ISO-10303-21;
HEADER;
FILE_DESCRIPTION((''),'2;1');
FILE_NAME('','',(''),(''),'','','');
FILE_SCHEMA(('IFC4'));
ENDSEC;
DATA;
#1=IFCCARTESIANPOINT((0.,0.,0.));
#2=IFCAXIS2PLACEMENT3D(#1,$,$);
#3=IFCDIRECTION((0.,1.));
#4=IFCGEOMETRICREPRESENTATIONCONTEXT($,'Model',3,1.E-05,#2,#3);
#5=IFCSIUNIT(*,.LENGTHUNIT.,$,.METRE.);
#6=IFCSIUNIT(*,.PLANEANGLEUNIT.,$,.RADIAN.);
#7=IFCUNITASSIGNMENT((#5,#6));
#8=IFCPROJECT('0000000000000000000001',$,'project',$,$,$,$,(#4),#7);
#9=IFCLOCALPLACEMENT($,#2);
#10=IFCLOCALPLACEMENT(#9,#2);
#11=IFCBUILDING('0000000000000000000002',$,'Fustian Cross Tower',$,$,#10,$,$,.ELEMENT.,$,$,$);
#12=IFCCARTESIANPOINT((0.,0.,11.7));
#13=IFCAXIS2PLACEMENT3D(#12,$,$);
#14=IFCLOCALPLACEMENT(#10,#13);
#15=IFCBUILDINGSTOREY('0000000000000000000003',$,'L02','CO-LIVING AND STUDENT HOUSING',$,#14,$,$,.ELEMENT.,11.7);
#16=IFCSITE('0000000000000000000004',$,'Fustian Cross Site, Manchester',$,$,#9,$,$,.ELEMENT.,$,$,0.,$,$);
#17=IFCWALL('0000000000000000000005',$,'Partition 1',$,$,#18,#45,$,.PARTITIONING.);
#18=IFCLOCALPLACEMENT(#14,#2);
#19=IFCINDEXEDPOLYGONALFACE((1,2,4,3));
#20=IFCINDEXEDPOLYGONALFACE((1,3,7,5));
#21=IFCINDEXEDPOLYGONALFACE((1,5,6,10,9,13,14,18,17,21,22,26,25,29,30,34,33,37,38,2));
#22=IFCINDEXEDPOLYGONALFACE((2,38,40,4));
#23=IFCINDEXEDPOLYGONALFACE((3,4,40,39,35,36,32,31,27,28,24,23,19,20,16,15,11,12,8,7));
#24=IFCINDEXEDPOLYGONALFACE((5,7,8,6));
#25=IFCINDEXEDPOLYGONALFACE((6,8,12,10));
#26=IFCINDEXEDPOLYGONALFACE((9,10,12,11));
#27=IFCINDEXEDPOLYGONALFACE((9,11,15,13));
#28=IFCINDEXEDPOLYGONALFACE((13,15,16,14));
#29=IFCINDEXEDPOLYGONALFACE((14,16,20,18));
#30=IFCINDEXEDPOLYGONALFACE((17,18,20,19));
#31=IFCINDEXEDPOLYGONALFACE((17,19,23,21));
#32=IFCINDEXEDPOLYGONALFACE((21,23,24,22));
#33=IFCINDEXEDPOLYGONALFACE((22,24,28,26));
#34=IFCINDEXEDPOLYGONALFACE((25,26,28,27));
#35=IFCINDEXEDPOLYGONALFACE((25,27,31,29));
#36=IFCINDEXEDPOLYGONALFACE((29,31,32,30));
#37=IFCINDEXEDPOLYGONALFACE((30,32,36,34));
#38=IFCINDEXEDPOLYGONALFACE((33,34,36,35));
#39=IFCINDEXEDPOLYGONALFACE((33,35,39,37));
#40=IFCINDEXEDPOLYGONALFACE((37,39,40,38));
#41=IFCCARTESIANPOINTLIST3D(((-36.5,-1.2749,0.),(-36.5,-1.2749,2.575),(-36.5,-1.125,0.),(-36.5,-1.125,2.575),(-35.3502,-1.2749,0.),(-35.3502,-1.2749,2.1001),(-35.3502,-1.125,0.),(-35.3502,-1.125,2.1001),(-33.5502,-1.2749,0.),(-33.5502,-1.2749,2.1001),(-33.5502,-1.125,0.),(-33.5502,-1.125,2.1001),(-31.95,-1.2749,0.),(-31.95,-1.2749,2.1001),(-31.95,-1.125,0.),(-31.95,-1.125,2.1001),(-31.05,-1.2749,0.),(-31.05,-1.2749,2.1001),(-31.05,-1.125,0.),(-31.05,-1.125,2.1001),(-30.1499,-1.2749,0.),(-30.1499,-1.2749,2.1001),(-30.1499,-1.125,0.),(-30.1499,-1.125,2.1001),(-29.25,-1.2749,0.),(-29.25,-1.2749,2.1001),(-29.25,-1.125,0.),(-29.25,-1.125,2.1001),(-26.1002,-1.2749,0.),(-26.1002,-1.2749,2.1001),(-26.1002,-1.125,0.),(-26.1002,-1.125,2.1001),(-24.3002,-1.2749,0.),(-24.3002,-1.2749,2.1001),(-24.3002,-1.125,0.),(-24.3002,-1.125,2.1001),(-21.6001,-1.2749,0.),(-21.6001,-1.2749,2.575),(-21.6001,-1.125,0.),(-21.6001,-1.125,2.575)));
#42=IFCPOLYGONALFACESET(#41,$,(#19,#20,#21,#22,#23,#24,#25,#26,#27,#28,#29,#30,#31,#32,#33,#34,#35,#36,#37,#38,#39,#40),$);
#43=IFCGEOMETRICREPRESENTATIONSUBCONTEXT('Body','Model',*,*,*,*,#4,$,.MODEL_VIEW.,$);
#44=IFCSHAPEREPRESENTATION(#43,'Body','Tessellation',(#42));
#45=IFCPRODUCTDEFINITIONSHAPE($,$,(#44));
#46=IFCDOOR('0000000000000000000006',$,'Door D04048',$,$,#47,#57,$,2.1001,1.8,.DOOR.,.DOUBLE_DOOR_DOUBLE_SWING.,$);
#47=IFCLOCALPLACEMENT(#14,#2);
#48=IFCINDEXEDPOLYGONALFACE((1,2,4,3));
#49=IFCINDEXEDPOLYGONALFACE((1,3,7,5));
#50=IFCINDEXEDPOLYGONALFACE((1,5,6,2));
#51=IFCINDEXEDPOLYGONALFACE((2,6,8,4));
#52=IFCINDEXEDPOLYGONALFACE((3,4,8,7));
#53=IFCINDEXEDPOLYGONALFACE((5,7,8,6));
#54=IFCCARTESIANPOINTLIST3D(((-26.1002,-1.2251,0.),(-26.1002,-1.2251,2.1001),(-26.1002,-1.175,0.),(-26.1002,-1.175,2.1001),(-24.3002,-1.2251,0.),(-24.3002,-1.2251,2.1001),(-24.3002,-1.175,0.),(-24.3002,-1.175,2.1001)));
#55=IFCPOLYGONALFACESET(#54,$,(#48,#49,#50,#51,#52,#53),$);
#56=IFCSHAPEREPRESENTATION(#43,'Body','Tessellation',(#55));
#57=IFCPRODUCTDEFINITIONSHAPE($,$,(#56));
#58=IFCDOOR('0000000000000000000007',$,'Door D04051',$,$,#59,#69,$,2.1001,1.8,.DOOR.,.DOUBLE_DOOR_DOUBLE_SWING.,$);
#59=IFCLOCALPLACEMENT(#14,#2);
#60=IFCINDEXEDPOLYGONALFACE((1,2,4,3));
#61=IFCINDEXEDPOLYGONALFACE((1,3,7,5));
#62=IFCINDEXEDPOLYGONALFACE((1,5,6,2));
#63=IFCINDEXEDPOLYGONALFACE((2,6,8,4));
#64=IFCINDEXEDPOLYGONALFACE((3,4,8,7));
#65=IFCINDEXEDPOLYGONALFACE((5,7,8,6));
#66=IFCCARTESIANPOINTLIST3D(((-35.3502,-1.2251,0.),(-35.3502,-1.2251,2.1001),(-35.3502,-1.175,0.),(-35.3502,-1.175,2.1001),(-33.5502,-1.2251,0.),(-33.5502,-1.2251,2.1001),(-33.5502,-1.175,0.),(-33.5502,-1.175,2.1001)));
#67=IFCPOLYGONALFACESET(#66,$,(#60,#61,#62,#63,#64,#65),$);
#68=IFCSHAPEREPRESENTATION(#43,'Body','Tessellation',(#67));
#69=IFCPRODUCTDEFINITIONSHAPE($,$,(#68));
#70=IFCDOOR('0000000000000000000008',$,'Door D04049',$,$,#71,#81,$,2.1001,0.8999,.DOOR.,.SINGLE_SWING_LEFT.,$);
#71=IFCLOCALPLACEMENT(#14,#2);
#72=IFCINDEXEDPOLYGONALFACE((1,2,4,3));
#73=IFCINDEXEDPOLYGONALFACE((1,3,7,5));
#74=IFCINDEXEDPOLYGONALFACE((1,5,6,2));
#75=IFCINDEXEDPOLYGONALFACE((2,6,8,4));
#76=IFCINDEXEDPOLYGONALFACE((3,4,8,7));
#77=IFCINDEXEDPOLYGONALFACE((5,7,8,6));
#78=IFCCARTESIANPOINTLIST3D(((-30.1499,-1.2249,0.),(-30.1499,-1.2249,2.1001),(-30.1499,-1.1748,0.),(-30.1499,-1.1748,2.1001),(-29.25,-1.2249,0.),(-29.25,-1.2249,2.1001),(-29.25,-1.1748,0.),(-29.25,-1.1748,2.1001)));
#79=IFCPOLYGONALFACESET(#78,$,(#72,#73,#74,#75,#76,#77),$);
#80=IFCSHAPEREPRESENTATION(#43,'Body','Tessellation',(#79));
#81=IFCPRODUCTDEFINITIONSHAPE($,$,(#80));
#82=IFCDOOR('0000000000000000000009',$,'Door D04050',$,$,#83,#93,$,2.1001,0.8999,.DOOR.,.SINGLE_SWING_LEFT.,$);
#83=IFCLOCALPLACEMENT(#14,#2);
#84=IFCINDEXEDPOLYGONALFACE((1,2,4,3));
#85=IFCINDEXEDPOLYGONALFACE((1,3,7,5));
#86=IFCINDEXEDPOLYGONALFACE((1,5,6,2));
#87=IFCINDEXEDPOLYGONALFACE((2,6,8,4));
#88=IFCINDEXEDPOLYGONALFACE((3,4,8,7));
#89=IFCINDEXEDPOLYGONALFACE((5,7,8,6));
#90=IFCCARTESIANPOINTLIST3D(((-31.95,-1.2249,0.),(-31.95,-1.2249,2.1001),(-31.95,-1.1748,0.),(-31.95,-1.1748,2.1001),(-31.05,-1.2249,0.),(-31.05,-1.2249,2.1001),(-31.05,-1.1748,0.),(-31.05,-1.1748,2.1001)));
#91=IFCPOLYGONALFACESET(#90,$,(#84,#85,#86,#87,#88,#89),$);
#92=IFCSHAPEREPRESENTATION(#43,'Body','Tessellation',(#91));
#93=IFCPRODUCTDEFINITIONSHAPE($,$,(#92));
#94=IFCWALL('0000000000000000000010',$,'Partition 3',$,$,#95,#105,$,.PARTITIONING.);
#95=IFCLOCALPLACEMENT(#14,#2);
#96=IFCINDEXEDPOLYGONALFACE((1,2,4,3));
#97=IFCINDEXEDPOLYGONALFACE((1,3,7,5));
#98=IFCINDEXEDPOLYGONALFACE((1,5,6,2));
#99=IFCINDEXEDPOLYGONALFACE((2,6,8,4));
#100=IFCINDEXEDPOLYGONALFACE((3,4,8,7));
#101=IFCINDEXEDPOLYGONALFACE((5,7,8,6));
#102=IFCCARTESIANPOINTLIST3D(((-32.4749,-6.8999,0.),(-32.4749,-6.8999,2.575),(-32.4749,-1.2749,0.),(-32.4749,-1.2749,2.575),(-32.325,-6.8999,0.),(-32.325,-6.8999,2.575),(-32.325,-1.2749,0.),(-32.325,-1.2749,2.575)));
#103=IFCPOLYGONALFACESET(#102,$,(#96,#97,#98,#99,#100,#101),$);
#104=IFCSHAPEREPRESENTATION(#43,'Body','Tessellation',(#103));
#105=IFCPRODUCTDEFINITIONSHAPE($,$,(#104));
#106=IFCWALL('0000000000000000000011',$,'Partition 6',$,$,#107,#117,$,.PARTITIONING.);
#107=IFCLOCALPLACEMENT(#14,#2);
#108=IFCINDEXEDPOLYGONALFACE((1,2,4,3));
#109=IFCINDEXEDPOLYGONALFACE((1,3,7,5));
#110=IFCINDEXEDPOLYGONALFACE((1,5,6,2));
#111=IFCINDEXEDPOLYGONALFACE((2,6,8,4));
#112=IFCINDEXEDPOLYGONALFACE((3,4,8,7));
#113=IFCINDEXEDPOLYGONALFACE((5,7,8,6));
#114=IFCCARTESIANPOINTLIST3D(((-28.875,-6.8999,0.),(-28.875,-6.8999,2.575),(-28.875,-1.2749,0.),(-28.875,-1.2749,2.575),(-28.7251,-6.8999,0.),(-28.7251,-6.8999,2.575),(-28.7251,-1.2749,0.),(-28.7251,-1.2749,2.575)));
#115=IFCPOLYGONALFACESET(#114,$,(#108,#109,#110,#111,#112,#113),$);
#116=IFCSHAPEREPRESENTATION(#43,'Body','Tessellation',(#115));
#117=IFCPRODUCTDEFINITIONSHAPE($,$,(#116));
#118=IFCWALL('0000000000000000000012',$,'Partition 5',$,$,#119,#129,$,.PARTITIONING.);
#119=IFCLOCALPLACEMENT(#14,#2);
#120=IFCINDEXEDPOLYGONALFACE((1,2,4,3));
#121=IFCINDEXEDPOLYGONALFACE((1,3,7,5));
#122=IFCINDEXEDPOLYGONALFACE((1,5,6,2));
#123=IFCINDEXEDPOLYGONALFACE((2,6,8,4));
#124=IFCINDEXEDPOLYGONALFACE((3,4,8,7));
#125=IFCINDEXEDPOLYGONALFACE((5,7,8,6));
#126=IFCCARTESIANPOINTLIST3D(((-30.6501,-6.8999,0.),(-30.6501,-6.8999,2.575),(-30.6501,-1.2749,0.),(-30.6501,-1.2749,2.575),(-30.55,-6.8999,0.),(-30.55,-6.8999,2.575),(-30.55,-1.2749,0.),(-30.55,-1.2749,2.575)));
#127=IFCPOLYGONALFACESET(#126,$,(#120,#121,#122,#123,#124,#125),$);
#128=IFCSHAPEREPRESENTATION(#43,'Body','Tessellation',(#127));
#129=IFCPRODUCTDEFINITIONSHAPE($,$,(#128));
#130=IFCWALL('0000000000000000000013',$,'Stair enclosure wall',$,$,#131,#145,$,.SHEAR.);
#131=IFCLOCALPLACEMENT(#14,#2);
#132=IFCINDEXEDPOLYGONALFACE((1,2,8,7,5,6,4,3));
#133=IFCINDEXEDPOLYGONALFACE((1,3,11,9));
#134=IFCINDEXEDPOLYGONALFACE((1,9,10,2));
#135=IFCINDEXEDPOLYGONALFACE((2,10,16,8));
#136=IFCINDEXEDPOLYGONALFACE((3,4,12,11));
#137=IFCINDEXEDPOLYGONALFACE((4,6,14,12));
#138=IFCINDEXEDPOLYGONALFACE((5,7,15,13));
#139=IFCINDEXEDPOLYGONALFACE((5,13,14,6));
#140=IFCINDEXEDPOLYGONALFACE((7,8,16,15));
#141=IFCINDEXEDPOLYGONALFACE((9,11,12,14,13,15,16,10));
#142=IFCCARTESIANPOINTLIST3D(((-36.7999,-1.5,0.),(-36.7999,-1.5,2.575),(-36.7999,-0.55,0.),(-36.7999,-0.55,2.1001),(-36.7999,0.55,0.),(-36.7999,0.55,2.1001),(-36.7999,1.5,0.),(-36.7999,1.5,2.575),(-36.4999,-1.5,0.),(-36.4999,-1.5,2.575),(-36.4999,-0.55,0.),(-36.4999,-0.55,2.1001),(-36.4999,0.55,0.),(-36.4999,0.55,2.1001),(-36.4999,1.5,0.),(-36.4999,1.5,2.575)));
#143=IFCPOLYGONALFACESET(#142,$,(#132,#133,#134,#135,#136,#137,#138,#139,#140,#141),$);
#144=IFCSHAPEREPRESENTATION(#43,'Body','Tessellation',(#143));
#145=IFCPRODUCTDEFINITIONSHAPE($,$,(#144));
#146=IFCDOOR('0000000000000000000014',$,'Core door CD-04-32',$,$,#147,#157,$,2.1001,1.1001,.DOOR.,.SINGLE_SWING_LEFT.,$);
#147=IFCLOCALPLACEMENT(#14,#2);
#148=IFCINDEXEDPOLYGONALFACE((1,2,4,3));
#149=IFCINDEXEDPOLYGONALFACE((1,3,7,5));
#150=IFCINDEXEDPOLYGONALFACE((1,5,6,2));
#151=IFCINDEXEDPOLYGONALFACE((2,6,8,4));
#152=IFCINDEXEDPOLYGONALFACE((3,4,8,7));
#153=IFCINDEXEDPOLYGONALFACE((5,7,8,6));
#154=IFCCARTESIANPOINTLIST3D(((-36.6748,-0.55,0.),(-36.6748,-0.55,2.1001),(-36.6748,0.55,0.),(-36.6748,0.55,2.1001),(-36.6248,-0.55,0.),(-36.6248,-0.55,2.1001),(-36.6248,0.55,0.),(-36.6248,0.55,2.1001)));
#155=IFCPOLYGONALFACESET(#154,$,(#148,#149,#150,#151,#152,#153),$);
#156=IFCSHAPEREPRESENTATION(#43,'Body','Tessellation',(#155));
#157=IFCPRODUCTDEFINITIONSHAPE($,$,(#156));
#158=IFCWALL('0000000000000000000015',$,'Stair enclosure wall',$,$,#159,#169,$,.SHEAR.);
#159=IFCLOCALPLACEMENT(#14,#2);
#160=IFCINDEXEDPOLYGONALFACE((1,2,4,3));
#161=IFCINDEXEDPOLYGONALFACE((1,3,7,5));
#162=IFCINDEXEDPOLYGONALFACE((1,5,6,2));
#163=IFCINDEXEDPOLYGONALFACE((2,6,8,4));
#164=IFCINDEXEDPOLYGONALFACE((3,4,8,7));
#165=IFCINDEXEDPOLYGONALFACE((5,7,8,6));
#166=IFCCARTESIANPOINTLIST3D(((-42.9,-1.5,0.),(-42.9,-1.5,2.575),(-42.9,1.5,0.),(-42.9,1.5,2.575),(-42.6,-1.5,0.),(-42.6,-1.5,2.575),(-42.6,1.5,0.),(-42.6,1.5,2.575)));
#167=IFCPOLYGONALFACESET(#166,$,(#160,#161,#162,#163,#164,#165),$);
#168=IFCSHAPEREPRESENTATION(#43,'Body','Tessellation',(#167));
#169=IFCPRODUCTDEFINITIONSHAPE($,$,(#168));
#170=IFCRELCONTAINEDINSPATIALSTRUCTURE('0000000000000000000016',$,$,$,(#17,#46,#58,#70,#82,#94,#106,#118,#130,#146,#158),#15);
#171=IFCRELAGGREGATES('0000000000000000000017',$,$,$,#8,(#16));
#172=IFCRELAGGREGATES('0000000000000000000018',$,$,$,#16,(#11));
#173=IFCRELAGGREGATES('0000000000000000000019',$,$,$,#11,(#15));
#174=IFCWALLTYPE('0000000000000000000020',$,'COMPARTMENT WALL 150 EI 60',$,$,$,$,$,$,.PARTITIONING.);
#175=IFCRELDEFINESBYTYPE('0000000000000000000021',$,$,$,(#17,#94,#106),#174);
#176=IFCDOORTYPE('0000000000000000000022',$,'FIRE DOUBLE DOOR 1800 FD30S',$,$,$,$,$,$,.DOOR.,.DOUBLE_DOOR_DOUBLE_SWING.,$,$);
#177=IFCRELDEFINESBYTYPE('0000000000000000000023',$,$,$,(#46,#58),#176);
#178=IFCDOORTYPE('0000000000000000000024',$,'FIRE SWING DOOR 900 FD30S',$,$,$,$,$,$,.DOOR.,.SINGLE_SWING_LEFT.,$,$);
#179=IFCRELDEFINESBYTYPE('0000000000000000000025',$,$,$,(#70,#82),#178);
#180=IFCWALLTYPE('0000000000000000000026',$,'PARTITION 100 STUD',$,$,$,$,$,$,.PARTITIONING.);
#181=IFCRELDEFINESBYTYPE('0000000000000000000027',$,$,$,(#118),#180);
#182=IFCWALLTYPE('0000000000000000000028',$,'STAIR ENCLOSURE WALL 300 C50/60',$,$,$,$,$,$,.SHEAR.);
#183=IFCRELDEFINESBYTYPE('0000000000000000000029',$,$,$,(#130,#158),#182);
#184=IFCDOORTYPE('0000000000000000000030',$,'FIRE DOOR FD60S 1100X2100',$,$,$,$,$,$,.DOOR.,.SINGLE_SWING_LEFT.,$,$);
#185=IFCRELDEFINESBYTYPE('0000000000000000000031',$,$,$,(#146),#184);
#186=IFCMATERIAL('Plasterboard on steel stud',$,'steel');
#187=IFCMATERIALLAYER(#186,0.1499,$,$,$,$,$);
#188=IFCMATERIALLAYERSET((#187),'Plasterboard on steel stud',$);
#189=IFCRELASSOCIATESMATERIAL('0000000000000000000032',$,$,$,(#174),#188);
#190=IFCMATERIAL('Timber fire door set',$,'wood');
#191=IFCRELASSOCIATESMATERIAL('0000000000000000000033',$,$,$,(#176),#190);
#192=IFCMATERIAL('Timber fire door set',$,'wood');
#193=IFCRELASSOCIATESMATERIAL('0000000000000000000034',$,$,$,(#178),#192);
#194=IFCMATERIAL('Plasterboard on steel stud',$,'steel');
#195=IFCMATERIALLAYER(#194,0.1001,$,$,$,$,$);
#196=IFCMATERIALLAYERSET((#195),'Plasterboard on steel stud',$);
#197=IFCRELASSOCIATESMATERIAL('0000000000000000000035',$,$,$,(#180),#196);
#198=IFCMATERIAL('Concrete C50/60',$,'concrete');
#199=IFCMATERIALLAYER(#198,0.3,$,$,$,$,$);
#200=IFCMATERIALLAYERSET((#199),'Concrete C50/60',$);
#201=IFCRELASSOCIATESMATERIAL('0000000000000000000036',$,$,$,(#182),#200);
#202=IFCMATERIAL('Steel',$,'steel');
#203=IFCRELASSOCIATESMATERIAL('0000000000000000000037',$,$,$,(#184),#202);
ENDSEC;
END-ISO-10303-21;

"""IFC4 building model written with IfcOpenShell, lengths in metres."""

from ifc_helpers import new_model, si_unit, direction, frame, frame_2d, origin, place, context, subcontext, project, spatial, rectangle, extrude, material, layer, layer_set, type_object, element, fill, save


model = new_model("IFC4")

# Units and contexts
model_context = context("Model", 3, precision=1e-05, world=origin(), true_north=direction((0.0, 1.0)))
body_context = subcontext(model_context, "Body", "Model", "MODEL_VIEW")
ifc_project = project(units=[si_unit("LENGTHUNIT", "METRE"), si_unit("PLANEANGLEUNIT", "RADIAN")], contexts=[model_context])

# Site, building, storey
site_placement = place(None, origin())
site = spatial("IfcSite", under=ifc_project, at=site_placement, Name="Fustian Cross Site, Manchester", CompositionType="ELEMENT", RefElevation=0.0)
building_placement = place(site_placement, origin())
building = spatial("IfcBuilding", under=site, at=building_placement, Name="Fustian Cross Tower", CompositionType="ELEMENT")
storey_placement = place(building_placement, frame((0.0, 0.0, 11.7)))
storey = spatial("IfcBuildingStorey", under=building, at=storey_placement, Name="L02", Description="CO-LIVING AND STUDENT HOUSING", CompositionType="ELEMENT", Elevation=11.7)

# Wall, openings, doors
ifc_material_1 = material(Name="Plasterboard on steel stud", Category="steel")
ifc_layer_1 = layer(ifc_material_1, 0.1499)
ifc_layer_set_1 = layer_set([ifc_layer_1], Name="Plasterboard on steel stud")
wall_type_1 = type_object("IfcWallType", Name="COMPARTMENT WALL 150 EI 60", PredefinedType="PARTITIONING", material=ifc_layer_set_1)
wall_1_placement = place(storey_placement, frame((-36.5, -1.2, 0.0), z_axis=(0.0, 0.0, 1.0), x_axis=(1.0, 0.0, 0.0)))
wall_1 = element("IfcWall", 1, at=wall_1_placement, inside=storey, type_object=wall_type_1, Name="Partition 1", PredefinedType="PARTITIONING", context=body_context, shape_type="SweptSolid", body=[
    extrude(rectangle(XDim=14.8999, YDim=0.1499, at=frame_2d((7.45, 0.0))), origin(), (0.0, 0.0, 1.0), 2.575),
])
opening_1_placement = place(wall_1_placement, frame((10.3999, 0.0, 0.0)))
opening_1 = element("IfcOpeningElement", 2, at=opening_1_placement, cuts=wall_1, PredefinedType="OPENING", context=body_context, shape_type="SweptSolid", body=[
    extrude(rectangle(XDim=1.8, YDim=2.1001, at=frame_2d((0.8999, 1.05))), frame((0.0, 0.085, 0.0), z_axis=(0.0, -1.0, 0.0), x_axis=(1.0, 0.0, 0.0)), (0.0, 0.0, 1.0), 0.1699),
])
opening_2_placement = place(wall_1_placement, frame((6.3501, 0.0, 0.0)))
opening_2 = element("IfcOpeningElement", 3, at=opening_2_placement, cuts=wall_1, PredefinedType="OPENING", context=body_context, shape_type="SweptSolid", body=[
    extrude(rectangle(XDim=0.8999, YDim=2.1001, at=frame_2d((0.45, 1.05))), frame((0.0, 0.085, 0.0), z_axis=(0.0, -1.0, 0.0), x_axis=(1.0, 0.0, 0.0)), (0.0, 0.0, 1.0), 0.1699),
])
opening_3_placement = place(wall_1_placement, frame((4.55, 0.0, 0.0)))
opening_3 = element("IfcOpeningElement", 4, at=opening_3_placement, cuts=wall_1, PredefinedType="OPENING", context=body_context, shape_type="SweptSolid", body=[
    extrude(rectangle(XDim=0.8999, YDim=2.1001, at=frame_2d((0.45, 1.05))), frame((0.0, 0.085, 0.0), z_axis=(0.0, -1.0, 0.0), x_axis=(1.0, 0.0, 0.0)), (0.0, 0.0, 1.0), 0.1699),
])
opening_4_placement = place(wall_1_placement, frame((1.1499, 0.0, 0.0)))
opening_4 = element("IfcOpeningElement", 5, at=opening_4_placement, cuts=wall_1, PredefinedType="OPENING", context=body_context, shape_type="SweptSolid", body=[
    extrude(rectangle(XDim=1.8, YDim=2.1001, at=frame_2d((0.8999, 1.05))), frame((0.0, 0.085, 0.0), z_axis=(0.0, -1.0, 0.0), x_axis=(1.0, 0.0, 0.0)), (0.0, 0.0, 1.0), 0.1699),
])
ifc_material_2 = material(Name="Timber fire door set", Category="wood")
door_type_1 = type_object("IfcDoorType", Name="FIRE DOUBLE DOOR 1800 FD30S", OperationType="DOUBLE_DOOR_DOUBLE_SWING", PredefinedType="DOOR", material=ifc_material_2)
door_1_placement = place(opening_1_placement, origin())
door_1 = element("IfcDoor", 6, at=door_1_placement, inside=storey, type_object=door_type_1, Name="Door D04048", OperationType="DOUBLE_DOOR_DOUBLE_SWING", OverallHeight=2.1001, OverallWidth=1.8, PredefinedType="DOOR", context=body_context, shape_type="SweptSolid", body=[
    extrude(rectangle(XDim=1.8, YDim=2.1001, at=frame_2d((0.8999, 1.05))), frame((0.0, 0.0249, 0.0), z_axis=(0.0, -1.0, 0.0), x_axis=(1.0, 0.0, 0.0)), (0.0, 0.0, 1.0), 0.05),
])
fill(opening_1, door_1)
door_2_placement = place(opening_4_placement, origin())
door_2 = element("IfcDoor", 7, at=door_2_placement, inside=storey, type_object=door_type_1, Name="Door D04051", OperationType="DOUBLE_DOOR_DOUBLE_SWING", OverallHeight=2.1001, OverallWidth=1.8, PredefinedType="DOOR", context=body_context, shape_type="SweptSolid", body=[
    extrude(rectangle(XDim=1.8, YDim=2.1001, at=frame_2d((0.8999, 1.05))), frame((0.0, 0.0249, 0.0), z_axis=(0.0, -1.0, 0.0), x_axis=(1.0, 0.0, 0.0)), (0.0, 0.0, 1.0), 0.05),
])
fill(opening_4, door_2)
ifc_material_3 = material(Name="Timber fire door set", Category="wood")
door_type_2 = type_object("IfcDoorType", Name="FIRE SWING DOOR 900 FD30S", OperationType="SINGLE_SWING_LEFT", PredefinedType="DOOR", material=ifc_material_3)
door_3_placement = place(opening_2_placement, frame((0.8999, 0.0, 0.0), z_axis=(0.0, 0.0, 1.0), x_axis=(-1.0, 0.0, 0.0)))
door_3 = element("IfcDoor", 8, at=door_3_placement, inside=storey, type_object=door_type_2, Name="Door D04049", OperationType="SINGLE_SWING_LEFT", OverallHeight=2.1001, OverallWidth=0.8999, PredefinedType="DOOR", context=body_context, shape_type="SweptSolid", body=[
    extrude(rectangle(XDim=0.8999, YDim=2.1001, at=frame_2d((0.45, 1.05))), frame((0.0, 0.0249, 0.0), z_axis=(0.0, -1.0, 0.0), x_axis=(1.0, 0.0, 0.0)), (0.0, 0.0, 1.0), 0.05),
])
fill(opening_2, door_3)
door_4_placement = place(opening_3_placement, frame((0.8999, 0.0, 0.0), z_axis=(0.0, 0.0, 1.0), x_axis=(-1.0, 0.0, 0.0)))
door_4 = element("IfcDoor", 9, at=door_4_placement, inside=storey, type_object=door_type_2, Name="Door D04050", OperationType="SINGLE_SWING_LEFT", OverallHeight=2.1001, OverallWidth=0.8999, PredefinedType="DOOR", context=body_context, shape_type="SweptSolid", body=[
    extrude(rectangle(XDim=0.8999, YDim=2.1001, at=frame_2d((0.45, 1.05))), frame((0.0, 0.0249, 0.0), z_axis=(0.0, -1.0, 0.0), x_axis=(1.0, 0.0, 0.0)), (0.0, 0.0, 1.0), 0.05),
])
fill(opening_3, door_4)

# Walls
for number, where, z_axis, x_axis, name in (
    (10, (-32.3999, -6.8999, 0.0), (0.0, 0.0, 1.0), (0.0, 1.0, 0.0), "Partition 3"),
    (11, (-28.8, -6.8999, 0.0), (0.0, 0.0, 1.0), (0.0, 1.0, 0.0), "Partition 6"),
):
    element("IfcWall", number, at=place(storey_placement, frame(where, z_axis=z_axis, x_axis=x_axis)), inside=storey, type_object=wall_type_1, Name=name, PredefinedType="PARTITIONING", context=body_context, shape_type="SweptSolid", body=[
        extrude(rectangle(XDim=5.625, YDim=0.1499, at=frame_2d((2.8125, 0.0))), origin(), (0.0, 0.0, 1.0), 2.575),
    ])
ifc_material_4 = material(Name="Plasterboard on steel stud", Category="steel")
ifc_layer_2 = layer(ifc_material_4, 0.1001)
ifc_layer_set_2 = layer_set([ifc_layer_2], Name="Plasterboard on steel stud")
wall_type_2 = type_object("IfcWallType", Name="PARTITION 100 STUD", PredefinedType="PARTITIONING", material=ifc_layer_set_2)
wall_2_placement = place(storey_placement, frame((-30.6001, -6.8999, 0.0), z_axis=(0.0, 0.0, 1.0), x_axis=(0.0, 1.0, 0.0)))
element("IfcWall", 12, at=wall_2_placement, inside=storey, type_object=wall_type_2, Name="Partition 5", PredefinedType="PARTITIONING", context=body_context, shape_type="SweptSolid", body=[
    extrude(rectangle(XDim=5.625, YDim=0.1001, at=frame_2d((2.8125, 0.0))), origin(), (0.0, 0.0, 1.0), 2.575),
])

# Wall, opening, door
ifc_material_5 = material(Name="Concrete C50/60", Category="concrete")
ifc_layer_3 = layer(ifc_material_5, 0.3)
ifc_layer_set_3 = layer_set([ifc_layer_3], Name="Concrete C50/60")
wall_type_3 = type_object("IfcWallType", Name="STAIR ENCLOSURE WALL 300 C50/60", PredefinedType="SHEAR", material=ifc_layer_set_3)
wall_3_placement = place(storey_placement, frame((-36.6499, -1.5, 0.0), z_axis=(0.0, 0.0, 1.0), x_axis=(0.0, 1.0, 0.0)))
wall_3 = element("IfcWall", 13, at=wall_3_placement, inside=storey, type_object=wall_type_3, Name="Stair enclosure wall", PredefinedType="SHEAR", context=body_context, shape_type="SweptSolid", body=[
    extrude(rectangle(XDim=3.0, YDim=0.3, at=frame_2d((1.5, 0.0))), origin(), (0.0, 0.0, 1.0), 2.575),
])
opening_5_placement = place(wall_3_placement, frame((0.95, 0.0, 0.0)))
opening_5 = element("IfcOpeningElement", 14, at=opening_5_placement, cuts=wall_3, PredefinedType="OPENING", context=body_context, shape_type="SweptSolid", body=[
    extrude(rectangle(XDim=1.1001, YDim=2.1001, at=frame_2d((0.55, 1.05))), frame((0.0, 0.1599, 0.0), z_axis=(0.0, -1.0, 0.0), x_axis=(1.0, 0.0, 0.0)), (0.0, 0.0, 1.0), 0.3201),
])
ifc_material_6 = material(Name="Steel", Category="steel")
door_type_3 = type_object("IfcDoorType", Name="FIRE DOOR FD60S 1100X2100", OperationType="SINGLE_SWING_LEFT", PredefinedType="DOOR", material=ifc_material_6)
door_5_placement = place(opening_5_placement, origin())
door_5 = element("IfcDoor", 15, at=door_5_placement, inside=storey, type_object=door_type_3, Name="Core door CD-04-32", OperationType="SINGLE_SWING_LEFT", OverallHeight=2.1001, OverallWidth=1.1001, PredefinedType="DOOR", context=body_context, shape_type="SweptSolid", body=[
    extrude(rectangle(XDim=1.1001, YDim=2.1001, at=frame_2d((0.55, 1.05))), frame((0.0, 0.0249, 0.0), z_axis=(0.0, -1.0, 0.0), x_axis=(1.0, 0.0, 0.0)), (0.0, 0.0, 1.0), 0.05),
])
fill(opening_5, door_5)

# Wall
wall_4_placement = place(storey_placement, frame((-42.75, -1.5, 0.0), z_axis=(0.0, 0.0, 1.0), x_axis=(0.0, 1.0, 0.0)))
element("IfcWall", 16, at=wall_4_placement, inside=storey, type_object=wall_type_3, Name="Stair enclosure wall", PredefinedType="SHEAR", context=body_context, shape_type="SweptSolid", body=[
    extrude(rectangle(XDim=3.0, YDim=0.3, at=frame_2d((1.5, 0.0))), origin(), (0.0, 0.0, 1.0), 2.575),
])

save(model, "model.ifc")
